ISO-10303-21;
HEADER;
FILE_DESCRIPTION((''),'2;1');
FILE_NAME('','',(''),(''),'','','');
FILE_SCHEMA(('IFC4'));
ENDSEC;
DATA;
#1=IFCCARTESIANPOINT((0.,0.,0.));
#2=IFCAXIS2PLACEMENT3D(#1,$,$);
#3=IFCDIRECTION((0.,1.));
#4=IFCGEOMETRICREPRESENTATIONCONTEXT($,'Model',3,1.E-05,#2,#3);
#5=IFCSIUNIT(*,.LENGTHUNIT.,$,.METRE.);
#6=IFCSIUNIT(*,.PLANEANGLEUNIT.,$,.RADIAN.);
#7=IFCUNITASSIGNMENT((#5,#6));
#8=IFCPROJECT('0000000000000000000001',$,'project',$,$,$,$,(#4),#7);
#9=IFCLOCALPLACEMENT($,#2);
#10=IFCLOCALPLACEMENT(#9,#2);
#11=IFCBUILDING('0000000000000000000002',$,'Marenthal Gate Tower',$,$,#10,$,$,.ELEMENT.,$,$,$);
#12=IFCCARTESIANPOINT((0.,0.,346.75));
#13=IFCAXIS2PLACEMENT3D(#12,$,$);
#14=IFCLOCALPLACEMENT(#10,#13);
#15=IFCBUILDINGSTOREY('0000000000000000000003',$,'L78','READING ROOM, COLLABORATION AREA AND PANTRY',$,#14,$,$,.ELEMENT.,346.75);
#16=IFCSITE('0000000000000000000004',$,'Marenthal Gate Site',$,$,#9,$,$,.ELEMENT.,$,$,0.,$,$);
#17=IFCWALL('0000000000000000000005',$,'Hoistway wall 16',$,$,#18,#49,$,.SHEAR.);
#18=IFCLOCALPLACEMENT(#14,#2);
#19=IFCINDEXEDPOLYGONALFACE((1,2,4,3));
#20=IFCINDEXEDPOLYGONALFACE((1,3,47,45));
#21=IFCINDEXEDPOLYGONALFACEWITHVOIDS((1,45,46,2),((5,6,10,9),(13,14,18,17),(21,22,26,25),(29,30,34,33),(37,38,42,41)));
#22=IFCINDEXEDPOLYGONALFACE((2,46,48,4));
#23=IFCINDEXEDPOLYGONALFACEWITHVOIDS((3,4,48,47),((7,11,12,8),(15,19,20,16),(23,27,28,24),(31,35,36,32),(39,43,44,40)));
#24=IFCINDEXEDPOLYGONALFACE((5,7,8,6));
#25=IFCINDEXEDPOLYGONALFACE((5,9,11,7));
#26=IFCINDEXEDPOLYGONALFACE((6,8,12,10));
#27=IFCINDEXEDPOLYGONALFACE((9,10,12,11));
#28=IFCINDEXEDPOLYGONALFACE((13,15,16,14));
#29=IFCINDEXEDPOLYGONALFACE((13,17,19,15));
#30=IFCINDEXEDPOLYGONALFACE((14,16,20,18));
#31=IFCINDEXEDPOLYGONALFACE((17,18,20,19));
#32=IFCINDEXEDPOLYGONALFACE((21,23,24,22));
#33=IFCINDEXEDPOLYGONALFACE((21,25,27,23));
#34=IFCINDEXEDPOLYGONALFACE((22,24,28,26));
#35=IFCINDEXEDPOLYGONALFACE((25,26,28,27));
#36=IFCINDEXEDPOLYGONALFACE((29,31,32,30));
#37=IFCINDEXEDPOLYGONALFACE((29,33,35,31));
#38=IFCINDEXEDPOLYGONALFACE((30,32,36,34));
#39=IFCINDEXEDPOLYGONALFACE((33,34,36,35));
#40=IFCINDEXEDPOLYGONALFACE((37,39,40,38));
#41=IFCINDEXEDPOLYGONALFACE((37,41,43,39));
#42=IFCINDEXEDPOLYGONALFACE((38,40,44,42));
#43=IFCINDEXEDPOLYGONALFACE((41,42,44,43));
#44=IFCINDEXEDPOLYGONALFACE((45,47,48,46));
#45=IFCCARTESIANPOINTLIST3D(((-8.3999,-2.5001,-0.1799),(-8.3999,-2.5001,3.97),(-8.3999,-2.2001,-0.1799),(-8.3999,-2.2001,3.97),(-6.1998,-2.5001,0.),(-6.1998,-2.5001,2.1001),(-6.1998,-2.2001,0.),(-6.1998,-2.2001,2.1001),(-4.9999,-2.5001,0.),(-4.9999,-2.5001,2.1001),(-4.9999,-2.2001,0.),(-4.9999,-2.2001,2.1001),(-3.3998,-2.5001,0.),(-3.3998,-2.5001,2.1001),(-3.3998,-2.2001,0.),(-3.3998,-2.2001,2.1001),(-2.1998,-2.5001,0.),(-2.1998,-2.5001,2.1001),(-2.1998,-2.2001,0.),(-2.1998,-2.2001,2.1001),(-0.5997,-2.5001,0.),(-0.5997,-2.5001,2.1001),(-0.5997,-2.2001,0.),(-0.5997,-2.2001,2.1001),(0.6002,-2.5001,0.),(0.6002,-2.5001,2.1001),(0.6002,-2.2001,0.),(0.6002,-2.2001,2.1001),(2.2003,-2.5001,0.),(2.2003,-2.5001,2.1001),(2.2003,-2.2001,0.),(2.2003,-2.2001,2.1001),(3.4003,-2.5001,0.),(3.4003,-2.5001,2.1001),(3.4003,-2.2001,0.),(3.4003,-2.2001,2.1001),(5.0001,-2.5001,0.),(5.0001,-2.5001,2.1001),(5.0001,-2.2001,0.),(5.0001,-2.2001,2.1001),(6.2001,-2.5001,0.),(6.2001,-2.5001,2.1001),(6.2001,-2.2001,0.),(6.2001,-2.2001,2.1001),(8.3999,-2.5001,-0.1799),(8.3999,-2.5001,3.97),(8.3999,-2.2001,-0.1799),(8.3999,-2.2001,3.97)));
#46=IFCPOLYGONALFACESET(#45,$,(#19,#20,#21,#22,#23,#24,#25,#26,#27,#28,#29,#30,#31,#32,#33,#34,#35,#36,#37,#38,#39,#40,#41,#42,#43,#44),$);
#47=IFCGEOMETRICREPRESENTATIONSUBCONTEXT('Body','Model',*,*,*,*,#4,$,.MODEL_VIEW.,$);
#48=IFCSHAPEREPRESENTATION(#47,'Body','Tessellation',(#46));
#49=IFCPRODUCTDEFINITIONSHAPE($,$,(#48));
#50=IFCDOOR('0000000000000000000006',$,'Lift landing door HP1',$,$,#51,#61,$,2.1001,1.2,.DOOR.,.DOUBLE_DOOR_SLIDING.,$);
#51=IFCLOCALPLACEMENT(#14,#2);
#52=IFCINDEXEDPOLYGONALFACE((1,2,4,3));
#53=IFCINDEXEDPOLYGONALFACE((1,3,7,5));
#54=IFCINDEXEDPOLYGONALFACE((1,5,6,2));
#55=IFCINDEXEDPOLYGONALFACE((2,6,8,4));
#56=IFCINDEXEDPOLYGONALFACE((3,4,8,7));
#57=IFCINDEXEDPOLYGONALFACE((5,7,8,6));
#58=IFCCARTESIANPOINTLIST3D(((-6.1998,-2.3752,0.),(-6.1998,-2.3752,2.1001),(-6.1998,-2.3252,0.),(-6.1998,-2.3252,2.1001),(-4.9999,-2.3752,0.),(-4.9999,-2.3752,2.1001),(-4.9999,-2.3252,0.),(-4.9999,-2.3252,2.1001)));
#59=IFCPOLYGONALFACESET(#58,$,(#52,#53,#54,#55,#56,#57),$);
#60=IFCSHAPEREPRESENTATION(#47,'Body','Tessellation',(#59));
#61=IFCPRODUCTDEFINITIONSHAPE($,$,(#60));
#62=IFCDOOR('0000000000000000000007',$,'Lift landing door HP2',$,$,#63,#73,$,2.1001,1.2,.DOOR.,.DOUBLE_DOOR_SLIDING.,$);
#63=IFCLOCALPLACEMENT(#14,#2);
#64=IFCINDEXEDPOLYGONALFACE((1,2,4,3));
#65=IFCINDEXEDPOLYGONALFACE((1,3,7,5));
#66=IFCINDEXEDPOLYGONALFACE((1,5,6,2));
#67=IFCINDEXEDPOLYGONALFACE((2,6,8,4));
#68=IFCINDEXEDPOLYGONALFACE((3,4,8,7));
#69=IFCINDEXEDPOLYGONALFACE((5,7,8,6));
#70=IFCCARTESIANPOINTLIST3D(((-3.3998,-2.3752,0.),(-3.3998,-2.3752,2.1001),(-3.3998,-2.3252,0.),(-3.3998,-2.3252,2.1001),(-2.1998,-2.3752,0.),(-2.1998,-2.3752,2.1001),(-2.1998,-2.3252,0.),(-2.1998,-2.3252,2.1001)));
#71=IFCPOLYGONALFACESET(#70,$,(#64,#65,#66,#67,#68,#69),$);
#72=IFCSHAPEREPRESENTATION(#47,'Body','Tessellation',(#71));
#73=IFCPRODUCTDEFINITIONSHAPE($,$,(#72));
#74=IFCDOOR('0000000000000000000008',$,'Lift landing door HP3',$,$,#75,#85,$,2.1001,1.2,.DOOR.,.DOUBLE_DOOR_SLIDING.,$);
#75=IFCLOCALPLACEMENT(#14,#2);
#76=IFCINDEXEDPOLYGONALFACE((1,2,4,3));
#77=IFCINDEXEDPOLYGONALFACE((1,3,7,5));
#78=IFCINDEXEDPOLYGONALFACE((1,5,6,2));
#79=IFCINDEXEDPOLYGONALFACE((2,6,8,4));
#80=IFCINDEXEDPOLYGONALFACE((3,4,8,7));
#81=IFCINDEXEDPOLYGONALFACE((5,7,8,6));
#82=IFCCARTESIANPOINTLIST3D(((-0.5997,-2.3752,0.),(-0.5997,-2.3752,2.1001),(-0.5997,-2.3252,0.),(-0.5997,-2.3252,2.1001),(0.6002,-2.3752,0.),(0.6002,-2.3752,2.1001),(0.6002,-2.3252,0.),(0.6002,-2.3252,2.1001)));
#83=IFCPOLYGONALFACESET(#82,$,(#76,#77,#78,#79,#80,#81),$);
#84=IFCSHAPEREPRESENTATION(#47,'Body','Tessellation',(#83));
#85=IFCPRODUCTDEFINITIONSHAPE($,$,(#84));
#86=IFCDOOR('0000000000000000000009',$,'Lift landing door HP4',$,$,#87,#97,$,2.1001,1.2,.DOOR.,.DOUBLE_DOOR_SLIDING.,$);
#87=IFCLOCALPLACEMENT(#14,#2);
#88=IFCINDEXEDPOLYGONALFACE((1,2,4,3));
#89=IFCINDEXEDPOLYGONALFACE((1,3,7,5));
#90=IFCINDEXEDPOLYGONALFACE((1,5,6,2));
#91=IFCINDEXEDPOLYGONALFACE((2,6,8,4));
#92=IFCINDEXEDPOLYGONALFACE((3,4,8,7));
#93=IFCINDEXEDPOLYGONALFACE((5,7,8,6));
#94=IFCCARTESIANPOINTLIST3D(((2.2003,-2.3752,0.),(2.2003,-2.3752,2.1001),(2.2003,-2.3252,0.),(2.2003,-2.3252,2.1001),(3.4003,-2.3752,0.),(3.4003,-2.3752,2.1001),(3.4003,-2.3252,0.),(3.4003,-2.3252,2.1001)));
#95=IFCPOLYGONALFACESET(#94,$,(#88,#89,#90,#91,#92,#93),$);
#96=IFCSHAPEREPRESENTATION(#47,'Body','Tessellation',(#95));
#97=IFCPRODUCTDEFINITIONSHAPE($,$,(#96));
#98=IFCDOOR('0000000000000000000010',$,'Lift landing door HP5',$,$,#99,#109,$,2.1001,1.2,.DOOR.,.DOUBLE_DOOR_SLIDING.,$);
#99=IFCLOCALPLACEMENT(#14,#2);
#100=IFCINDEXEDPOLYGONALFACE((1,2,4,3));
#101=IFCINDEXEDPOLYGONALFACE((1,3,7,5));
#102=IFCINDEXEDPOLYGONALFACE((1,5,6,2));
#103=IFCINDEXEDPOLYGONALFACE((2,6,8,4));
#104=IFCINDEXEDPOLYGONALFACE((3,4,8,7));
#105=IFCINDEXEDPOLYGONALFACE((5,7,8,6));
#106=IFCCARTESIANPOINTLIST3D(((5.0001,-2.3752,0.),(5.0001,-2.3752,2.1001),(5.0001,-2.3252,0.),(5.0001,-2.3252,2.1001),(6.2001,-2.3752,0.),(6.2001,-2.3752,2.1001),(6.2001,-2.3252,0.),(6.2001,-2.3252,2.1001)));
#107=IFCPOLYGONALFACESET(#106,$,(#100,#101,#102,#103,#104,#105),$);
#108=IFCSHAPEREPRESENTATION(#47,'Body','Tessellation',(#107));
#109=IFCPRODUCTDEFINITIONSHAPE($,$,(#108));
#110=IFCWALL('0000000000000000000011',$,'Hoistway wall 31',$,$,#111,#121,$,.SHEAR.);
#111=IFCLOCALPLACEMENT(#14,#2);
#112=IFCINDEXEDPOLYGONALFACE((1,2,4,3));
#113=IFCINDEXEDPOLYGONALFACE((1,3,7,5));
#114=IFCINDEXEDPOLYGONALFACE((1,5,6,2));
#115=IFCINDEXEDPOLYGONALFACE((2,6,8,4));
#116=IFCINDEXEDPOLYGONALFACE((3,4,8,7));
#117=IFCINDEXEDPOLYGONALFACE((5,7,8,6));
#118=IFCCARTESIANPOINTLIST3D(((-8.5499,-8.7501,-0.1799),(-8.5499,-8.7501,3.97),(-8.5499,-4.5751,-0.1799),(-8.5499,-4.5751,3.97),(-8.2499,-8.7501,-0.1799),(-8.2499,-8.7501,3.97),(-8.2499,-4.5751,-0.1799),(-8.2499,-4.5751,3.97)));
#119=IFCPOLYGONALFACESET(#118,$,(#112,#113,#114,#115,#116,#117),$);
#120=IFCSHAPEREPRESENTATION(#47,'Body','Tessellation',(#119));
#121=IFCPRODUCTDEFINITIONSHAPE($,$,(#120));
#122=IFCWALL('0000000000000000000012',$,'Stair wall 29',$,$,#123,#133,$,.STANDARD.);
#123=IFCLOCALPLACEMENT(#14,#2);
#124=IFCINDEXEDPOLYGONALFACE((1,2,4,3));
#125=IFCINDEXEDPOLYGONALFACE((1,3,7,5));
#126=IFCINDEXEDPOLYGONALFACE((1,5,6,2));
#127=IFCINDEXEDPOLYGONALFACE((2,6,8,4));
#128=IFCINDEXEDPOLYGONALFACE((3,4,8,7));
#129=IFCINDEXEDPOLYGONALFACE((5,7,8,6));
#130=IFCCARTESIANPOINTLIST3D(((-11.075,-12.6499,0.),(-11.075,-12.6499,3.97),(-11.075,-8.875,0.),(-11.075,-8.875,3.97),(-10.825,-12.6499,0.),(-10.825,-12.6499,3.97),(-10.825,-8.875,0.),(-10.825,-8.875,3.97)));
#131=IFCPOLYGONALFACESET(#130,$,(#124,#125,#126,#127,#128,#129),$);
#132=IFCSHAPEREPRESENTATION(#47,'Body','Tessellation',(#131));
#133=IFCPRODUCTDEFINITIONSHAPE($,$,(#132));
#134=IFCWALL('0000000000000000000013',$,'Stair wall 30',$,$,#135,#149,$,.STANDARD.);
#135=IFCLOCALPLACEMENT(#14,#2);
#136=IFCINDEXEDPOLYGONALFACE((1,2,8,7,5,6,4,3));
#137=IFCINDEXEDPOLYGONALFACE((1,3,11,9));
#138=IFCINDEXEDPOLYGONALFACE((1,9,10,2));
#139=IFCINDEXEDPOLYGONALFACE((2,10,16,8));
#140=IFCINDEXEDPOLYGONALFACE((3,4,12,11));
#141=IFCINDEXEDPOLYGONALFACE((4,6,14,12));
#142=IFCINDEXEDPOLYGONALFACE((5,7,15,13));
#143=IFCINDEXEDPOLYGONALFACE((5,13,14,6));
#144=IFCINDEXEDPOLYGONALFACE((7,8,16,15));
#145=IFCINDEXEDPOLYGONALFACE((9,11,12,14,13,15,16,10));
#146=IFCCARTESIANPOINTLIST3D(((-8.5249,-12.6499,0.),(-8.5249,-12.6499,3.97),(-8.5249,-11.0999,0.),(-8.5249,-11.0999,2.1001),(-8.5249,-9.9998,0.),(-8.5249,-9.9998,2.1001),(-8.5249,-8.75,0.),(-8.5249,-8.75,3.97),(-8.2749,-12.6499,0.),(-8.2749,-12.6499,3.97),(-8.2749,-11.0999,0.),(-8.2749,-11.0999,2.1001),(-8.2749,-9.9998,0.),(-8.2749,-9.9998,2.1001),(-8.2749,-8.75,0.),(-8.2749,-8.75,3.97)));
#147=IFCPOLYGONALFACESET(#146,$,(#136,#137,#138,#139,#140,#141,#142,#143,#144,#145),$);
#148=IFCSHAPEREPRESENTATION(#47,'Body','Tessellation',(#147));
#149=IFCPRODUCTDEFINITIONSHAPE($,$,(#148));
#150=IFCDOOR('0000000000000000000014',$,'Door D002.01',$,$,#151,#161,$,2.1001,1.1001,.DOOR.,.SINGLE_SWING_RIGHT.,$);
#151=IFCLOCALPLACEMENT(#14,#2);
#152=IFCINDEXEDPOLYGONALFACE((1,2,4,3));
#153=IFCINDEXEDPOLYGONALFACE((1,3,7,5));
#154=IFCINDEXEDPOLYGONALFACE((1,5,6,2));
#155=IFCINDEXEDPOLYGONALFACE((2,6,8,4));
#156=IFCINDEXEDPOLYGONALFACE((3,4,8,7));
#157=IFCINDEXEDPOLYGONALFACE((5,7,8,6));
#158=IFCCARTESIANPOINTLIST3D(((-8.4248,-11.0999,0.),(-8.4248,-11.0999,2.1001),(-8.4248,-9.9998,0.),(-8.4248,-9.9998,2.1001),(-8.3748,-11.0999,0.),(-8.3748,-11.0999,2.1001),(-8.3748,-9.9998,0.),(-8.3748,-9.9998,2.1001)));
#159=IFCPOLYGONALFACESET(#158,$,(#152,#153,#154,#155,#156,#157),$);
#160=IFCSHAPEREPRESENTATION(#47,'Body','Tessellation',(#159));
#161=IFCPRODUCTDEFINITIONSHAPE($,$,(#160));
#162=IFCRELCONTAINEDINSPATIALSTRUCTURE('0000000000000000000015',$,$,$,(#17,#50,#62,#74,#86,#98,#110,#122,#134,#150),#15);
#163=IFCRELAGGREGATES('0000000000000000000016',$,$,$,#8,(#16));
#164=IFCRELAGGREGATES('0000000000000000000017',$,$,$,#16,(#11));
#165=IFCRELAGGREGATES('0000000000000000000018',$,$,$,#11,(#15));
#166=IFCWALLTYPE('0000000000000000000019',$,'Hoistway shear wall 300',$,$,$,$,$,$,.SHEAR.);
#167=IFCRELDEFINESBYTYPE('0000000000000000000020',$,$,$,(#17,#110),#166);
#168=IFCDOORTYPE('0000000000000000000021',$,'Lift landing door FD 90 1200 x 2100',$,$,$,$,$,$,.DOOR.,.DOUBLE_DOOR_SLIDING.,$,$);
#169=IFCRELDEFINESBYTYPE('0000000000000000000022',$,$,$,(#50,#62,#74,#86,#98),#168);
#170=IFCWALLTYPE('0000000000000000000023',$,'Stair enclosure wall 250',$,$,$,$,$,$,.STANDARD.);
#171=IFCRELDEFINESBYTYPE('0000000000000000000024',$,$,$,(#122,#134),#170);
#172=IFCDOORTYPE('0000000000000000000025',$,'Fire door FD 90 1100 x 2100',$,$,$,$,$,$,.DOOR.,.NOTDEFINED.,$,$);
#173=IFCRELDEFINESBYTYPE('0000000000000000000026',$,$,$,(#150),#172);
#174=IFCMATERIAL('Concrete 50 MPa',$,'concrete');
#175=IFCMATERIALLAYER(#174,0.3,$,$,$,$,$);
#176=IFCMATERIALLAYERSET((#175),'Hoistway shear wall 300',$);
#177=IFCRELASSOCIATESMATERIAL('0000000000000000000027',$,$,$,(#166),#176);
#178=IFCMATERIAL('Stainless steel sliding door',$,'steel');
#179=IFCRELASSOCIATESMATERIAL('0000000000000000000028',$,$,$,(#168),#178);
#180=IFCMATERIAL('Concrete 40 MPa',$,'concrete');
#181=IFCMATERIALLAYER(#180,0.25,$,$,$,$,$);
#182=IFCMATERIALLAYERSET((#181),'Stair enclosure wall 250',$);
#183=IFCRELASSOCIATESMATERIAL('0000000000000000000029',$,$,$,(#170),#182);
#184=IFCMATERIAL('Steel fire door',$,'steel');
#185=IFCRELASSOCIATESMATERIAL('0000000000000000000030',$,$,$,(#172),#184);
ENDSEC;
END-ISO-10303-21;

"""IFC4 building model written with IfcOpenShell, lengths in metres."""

from ifc_helpers import new_model, si_unit, direction, frame, frame_2d, origin, place, context, subcontext, project, spatial, rectangle, extrude, material, layer, layer_set, type_object, element, fill, save


model = new_model("IFC4")

# Units and contexts
model_context = context("Model", 3, precision=1e-05, world=origin(), true_north=direction((0.0, 1.0)))
body_context = subcontext(model_context, "Body", "Model", "MODEL_VIEW")
ifc_project = project(units=[si_unit("LENGTHUNIT", "METRE"), si_unit("PLANEANGLEUNIT", "RADIAN")], contexts=[model_context])

# Site, building, storey
site_placement = place(None, origin())
site = spatial("IfcSite", under=ifc_project, at=site_placement, Name="Marenthal Gate Site", CompositionType="ELEMENT", RefElevation=0.0)
building_placement = place(site_placement, origin())
building = spatial("IfcBuilding", under=site, at=building_placement, Name="Marenthal Gate Tower", CompositionType="ELEMENT")
storey_placement = place(building_placement, frame((0.0, 0.0, 346.75)))
storey = spatial("IfcBuildingStorey", under=building, at=storey_placement, Name="L78", Description="READING ROOM, COLLABORATION AREA AND PANTRY", CompositionType="ELEMENT", Elevation=346.75)

# Wall, openings, doors
ifc_material_1 = material(Name="Concrete 50 MPa", Category="concrete")
ifc_layer_1 = layer(ifc_material_1, 0.3)
ifc_layer_set_1 = layer_set([ifc_layer_1], Name="Hoistway shear wall 300")
wall_type_1 = type_object("IfcWallType", Name="Hoistway shear wall 300", PredefinedType="SHEAR", material=ifc_layer_set_1)
wall_1_placement = place(storey_placement, frame((-8.3999, -2.3501, -0.1799), z_axis=(0.0, 0.0, 1.0), x_axis=(1.0, 0.0, 0.0)))
wall_1 = element("IfcWall", 1, at=wall_1_placement, inside=storey, type_object=wall_type_1, Name="Hoistway wall 16", PredefinedType="SHEAR", context=body_context, shape_type="SweptSolid", body=[
    extrude(rectangle(XDim=16.7998, YDim=0.3, at=frame_2d((8.3999, 0.0))), origin(), (0.0, 0.0, 1.0), 4.1499),
])
opening_1_placement = place(wall_1_placement, frame((2.2, 0.0, 0.1799)))
opening_1 = element("IfcOpeningElement", 2, at=opening_1_placement, cuts=wall_1, PredefinedType="OPENING", context=body_context, shape_type="SweptSolid", body=[
    extrude(rectangle(XDim=1.2, YDim=2.1001, at=frame_2d((0.6001, 1.05))), frame((0.0, 0.1602, 0.0), z_axis=(0.0, -1.0, 0.0), x_axis=(1.0, 0.0, 0.0)), (0.0, 0.0, 1.0), 0.3201),
])
opening_2_placement = place(wall_1_placement, frame((5.0, 0.0, 0.1799)))
opening_2 = element("IfcOpeningElement", 3, at=opening_2_placement, cuts=wall_1, PredefinedType="OPENING", context=body_context, shape_type="SweptSolid", body=[
    extrude(rectangle(XDim=1.2, YDim=2.1001, at=frame_2d((0.6001, 1.05))), frame((0.0, 0.1602, 0.0), z_axis=(0.0, -1.0, 0.0), x_axis=(1.0, 0.0, 0.0)), (0.0, 0.0, 1.0), 0.3201),
])
opening_3_placement = place(wall_1_placement, frame((7.8, 0.0, 0.1799)))
opening_3 = element("IfcOpeningElement", 4, at=opening_3_placement, cuts=wall_1, PredefinedType="OPENING", context=body_context, shape_type="SweptSolid", body=[
    extrude(rectangle(XDim=1.2, YDim=2.1001, at=frame_2d((0.6001, 1.05))), frame((0.0, 0.1602, 0.0), z_axis=(0.0, -1.0, 0.0), x_axis=(1.0, 0.0, 0.0)), (0.0, 0.0, 1.0), 0.3201),
])
opening_4_placement = place(wall_1_placement, frame((10.6001, 0.0, 0.1799)))
opening_4 = element("IfcOpeningElement", 5, at=opening_4_placement, cuts=wall_1, PredefinedType="OPENING", context=body_context, shape_type="SweptSolid", body=[
    extrude(rectangle(XDim=1.2, YDim=2.1001, at=frame_2d((0.6001, 1.05))), frame((0.0, 0.1602, 0.0), z_axis=(0.0, -1.0, 0.0), x_axis=(1.0, 0.0, 0.0)), (0.0, 0.0, 1.0), 0.3201),
])
opening_5_placement = place(wall_1_placement, frame((13.3999, 0.0, 0.1799)))
opening_5 = element("IfcOpeningElement", 6, at=opening_5_placement, cuts=wall_1, PredefinedType="OPENING", context=body_context, shape_type="SweptSolid", body=[
    extrude(rectangle(XDim=1.2, YDim=2.1001, at=frame_2d((0.6001, 1.05))), frame((0.0, 0.1602, 0.0), z_axis=(0.0, -1.0, 0.0), x_axis=(1.0, 0.0, 0.0)), (0.0, 0.0, 1.0), 0.3201),
])
ifc_material_2 = material(Name="Stainless steel sliding door", Category="steel")
door_type_1 = type_object("IfcDoorType", Name="Lift landing door FD 90 1200 x 2100", OperationType="DOUBLE_DOOR_SLIDING", PredefinedType="DOOR", material=ifc_material_2)
door_1_placement = place(opening_1_placement, origin())
door_1 = element("IfcDoor", 7, at=door_1_placement, inside=storey, type_object=door_type_1, Name="Lift landing door HP1", OperationType="DOUBLE_DOOR_SLIDING", OverallHeight=2.1001, OverallWidth=1.2, PredefinedType="DOOR", context=body_context, shape_type="SweptSolid", body=[
    extrude(rectangle(XDim=1.2, YDim=2.1001, at=frame_2d((0.6001, 1.05))), frame((0.0, 0.0249, 0.0), z_axis=(0.0, -1.0, 0.0), x_axis=(1.0, 0.0, 0.0)), (0.0, 0.0, 1.0), 0.05),
])
fill(opening_1, door_1)
door_2_placement = place(opening_2_placement, origin())
door_2 = element("IfcDoor", 8, at=door_2_placement, inside=storey, type_object=door_type_1, Name="Lift landing door HP2", OperationType="DOUBLE_DOOR_SLIDING", OverallHeight=2.1001, OverallWidth=1.2, PredefinedType="DOOR", context=body_context, shape_type="SweptSolid", body=[
    extrude(rectangle(XDim=1.2, YDim=2.1001, at=frame_2d((0.6001, 1.05))), frame((0.0, 0.0249, 0.0), z_axis=(0.0, -1.0, 0.0), x_axis=(1.0, 0.0, 0.0)), (0.0, 0.0, 1.0), 0.05),
])
fill(opening_2, door_2)
door_3_placement = place(opening_3_placement, origin())
door_3 = element("IfcDoor", 9, at=door_3_placement, inside=storey, type_object=door_type_1, Name="Lift landing door HP3", OperationType="DOUBLE_DOOR_SLIDING", OverallHeight=2.1001, OverallWidth=1.2, PredefinedType="DOOR", context=body_context, shape_type="SweptSolid", body=[
    extrude(rectangle(XDim=1.2, YDim=2.1001, at=frame_2d((0.6001, 1.05))), frame((0.0, 0.0249, 0.0), z_axis=(0.0, -1.0, 0.0), x_axis=(1.0, 0.0, 0.0)), (0.0, 0.0, 1.0), 0.05),
])
fill(opening_3, door_3)
door_4_placement = place(opening_4_placement, origin())
door_4 = element("IfcDoor", 10, at=door_4_placement, inside=storey, type_object=door_type_1, Name="Lift landing door HP4", OperationType="DOUBLE_DOOR_SLIDING", OverallHeight=2.1001, OverallWidth=1.2, PredefinedType="DOOR", context=body_context, shape_type="SweptSolid", body=[
    extrude(rectangle(XDim=1.2, YDim=2.1001, at=frame_2d((0.6001, 1.05))), frame((0.0, 0.0249, 0.0), z_axis=(0.0, -1.0, 0.0), x_axis=(1.0, 0.0, 0.0)), (0.0, 0.0, 1.0), 0.05),
])
fill(opening_4, door_4)
door_5_placement = place(opening_5_placement, origin())
door_5 = element("IfcDoor", 11, at=door_5_placement, inside=storey, type_object=door_type_1, Name="Lift landing door HP5", OperationType="DOUBLE_DOOR_SLIDING", OverallHeight=2.1001, OverallWidth=1.2, PredefinedType="DOOR", context=body_context, shape_type="SweptSolid", body=[
    extrude(rectangle(XDim=1.2, YDim=2.1001, at=frame_2d((0.6001, 1.05))), frame((0.0, 0.0249, 0.0), z_axis=(0.0, -1.0, 0.0), x_axis=(1.0, 0.0, 0.0)), (0.0, 0.0, 1.0), 0.05),
])
fill(opening_5, door_5)

# Walls
wall_2_placement = place(storey_placement, frame((-8.3999, -8.75, -0.1799), z_axis=(0.0, 0.0, 1.0), x_axis=(0.0, 1.0, 0.0)))
element("IfcWall", 12, at=wall_2_placement, inside=storey, type_object=wall_type_1, Name="Hoistway wall 31", PredefinedType="SHEAR", context=body_context, shape_type="SweptSolid", body=[
    extrude(rectangle(XDim=4.175, YDim=0.3, at=frame_2d((2.0874, 0.0))), origin(), (0.0, 0.0, 1.0), 4.1499),
])
ifc_material_3 = material(Name="Concrete 40 MPa", Category="concrete")
ifc_layer_2 = layer(ifc_material_3, 0.25)
ifc_layer_set_2 = layer_set([ifc_layer_2], Name="Stair enclosure wall 250")
wall_type_2 = type_object("IfcWallType", Name="Stair enclosure wall 250", PredefinedType="STANDARD", material=ifc_layer_set_2)
wall_3_placement = place(storey_placement, frame((-10.95, -12.6499, 0.0), z_axis=(0.0, 0.0, 1.0), x_axis=(0.0, 1.0, 0.0)))
element("IfcWall", 13, at=wall_3_placement, inside=storey, type_object=wall_type_2, Name="Stair wall 29", PredefinedType="STANDARD", context=body_context, shape_type="SweptSolid", body=[
    extrude(rectangle(XDim=3.7749, YDim=0.25, at=frame_2d((1.8875, 0.0))), origin(), (0.0, 0.0, 1.0), 3.97),
])

# Wall, opening, door
wall_4_placement = place(storey_placement, frame((-8.3999, -12.6499, 0.0), z_axis=(0.0, 0.0, 1.0), x_axis=(0.0, 1.0, 0.0)))
wall_4 = element("IfcWall", 14, at=wall_4_placement, inside=storey, type_object=wall_type_2, Name="Stair wall 30", PredefinedType="STANDARD", context=body_context, shape_type="SweptSolid", body=[
    extrude(rectangle(XDim=3.8999, YDim=0.25, at=frame_2d((1.95, 0.0))), origin(), (0.0, 0.0, 1.0), 3.97),
])
opening_6_placement = place(wall_4_placement, frame((1.55, 0.0, 0.0)))
opening_6 = element("IfcOpeningElement", 15, at=opening_6_placement, cuts=wall_4, PredefinedType="OPENING", context=body_context, shape_type="SweptSolid", body=[
    extrude(rectangle(XDim=1.1001, YDim=2.1001, at=frame_2d((0.55, 1.05))), frame((0.0, 0.135, 0.0), z_axis=(0.0, -1.0, 0.0), x_axis=(1.0, 0.0, 0.0)), (0.0, 0.0, 1.0), 0.27),
])
ifc_material_4 = material(Name="Steel fire door", Category="steel")
door_type_2 = type_object("IfcDoorType", Name="Fire door FD 90 1100 x 2100", OperationType="NOTDEFINED", PredefinedType="DOOR", material=ifc_material_4)
door_6_placement = place(opening_6_placement, origin())
door_6 = element("IfcDoor", 16, at=door_6_placement, inside=storey, type_object=door_type_2, Name="Door D002.01", OperationType="SINGLE_SWING_RIGHT", OverallHeight=2.1001, OverallWidth=1.1001, PredefinedType="DOOR", context=body_context, shape_type="SweptSolid", body=[
    extrude(rectangle(XDim=1.1001, YDim=2.1001, at=frame_2d((0.55, 1.05))), frame((0.0, 0.0249, 0.0), z_axis=(0.0, -1.0, 0.0), x_axis=(1.0, 0.0, 0.0)), (0.0, 0.0, 1.0), 0.05),
])
fill(opening_6, door_6)

save(model, "model.ifc")
